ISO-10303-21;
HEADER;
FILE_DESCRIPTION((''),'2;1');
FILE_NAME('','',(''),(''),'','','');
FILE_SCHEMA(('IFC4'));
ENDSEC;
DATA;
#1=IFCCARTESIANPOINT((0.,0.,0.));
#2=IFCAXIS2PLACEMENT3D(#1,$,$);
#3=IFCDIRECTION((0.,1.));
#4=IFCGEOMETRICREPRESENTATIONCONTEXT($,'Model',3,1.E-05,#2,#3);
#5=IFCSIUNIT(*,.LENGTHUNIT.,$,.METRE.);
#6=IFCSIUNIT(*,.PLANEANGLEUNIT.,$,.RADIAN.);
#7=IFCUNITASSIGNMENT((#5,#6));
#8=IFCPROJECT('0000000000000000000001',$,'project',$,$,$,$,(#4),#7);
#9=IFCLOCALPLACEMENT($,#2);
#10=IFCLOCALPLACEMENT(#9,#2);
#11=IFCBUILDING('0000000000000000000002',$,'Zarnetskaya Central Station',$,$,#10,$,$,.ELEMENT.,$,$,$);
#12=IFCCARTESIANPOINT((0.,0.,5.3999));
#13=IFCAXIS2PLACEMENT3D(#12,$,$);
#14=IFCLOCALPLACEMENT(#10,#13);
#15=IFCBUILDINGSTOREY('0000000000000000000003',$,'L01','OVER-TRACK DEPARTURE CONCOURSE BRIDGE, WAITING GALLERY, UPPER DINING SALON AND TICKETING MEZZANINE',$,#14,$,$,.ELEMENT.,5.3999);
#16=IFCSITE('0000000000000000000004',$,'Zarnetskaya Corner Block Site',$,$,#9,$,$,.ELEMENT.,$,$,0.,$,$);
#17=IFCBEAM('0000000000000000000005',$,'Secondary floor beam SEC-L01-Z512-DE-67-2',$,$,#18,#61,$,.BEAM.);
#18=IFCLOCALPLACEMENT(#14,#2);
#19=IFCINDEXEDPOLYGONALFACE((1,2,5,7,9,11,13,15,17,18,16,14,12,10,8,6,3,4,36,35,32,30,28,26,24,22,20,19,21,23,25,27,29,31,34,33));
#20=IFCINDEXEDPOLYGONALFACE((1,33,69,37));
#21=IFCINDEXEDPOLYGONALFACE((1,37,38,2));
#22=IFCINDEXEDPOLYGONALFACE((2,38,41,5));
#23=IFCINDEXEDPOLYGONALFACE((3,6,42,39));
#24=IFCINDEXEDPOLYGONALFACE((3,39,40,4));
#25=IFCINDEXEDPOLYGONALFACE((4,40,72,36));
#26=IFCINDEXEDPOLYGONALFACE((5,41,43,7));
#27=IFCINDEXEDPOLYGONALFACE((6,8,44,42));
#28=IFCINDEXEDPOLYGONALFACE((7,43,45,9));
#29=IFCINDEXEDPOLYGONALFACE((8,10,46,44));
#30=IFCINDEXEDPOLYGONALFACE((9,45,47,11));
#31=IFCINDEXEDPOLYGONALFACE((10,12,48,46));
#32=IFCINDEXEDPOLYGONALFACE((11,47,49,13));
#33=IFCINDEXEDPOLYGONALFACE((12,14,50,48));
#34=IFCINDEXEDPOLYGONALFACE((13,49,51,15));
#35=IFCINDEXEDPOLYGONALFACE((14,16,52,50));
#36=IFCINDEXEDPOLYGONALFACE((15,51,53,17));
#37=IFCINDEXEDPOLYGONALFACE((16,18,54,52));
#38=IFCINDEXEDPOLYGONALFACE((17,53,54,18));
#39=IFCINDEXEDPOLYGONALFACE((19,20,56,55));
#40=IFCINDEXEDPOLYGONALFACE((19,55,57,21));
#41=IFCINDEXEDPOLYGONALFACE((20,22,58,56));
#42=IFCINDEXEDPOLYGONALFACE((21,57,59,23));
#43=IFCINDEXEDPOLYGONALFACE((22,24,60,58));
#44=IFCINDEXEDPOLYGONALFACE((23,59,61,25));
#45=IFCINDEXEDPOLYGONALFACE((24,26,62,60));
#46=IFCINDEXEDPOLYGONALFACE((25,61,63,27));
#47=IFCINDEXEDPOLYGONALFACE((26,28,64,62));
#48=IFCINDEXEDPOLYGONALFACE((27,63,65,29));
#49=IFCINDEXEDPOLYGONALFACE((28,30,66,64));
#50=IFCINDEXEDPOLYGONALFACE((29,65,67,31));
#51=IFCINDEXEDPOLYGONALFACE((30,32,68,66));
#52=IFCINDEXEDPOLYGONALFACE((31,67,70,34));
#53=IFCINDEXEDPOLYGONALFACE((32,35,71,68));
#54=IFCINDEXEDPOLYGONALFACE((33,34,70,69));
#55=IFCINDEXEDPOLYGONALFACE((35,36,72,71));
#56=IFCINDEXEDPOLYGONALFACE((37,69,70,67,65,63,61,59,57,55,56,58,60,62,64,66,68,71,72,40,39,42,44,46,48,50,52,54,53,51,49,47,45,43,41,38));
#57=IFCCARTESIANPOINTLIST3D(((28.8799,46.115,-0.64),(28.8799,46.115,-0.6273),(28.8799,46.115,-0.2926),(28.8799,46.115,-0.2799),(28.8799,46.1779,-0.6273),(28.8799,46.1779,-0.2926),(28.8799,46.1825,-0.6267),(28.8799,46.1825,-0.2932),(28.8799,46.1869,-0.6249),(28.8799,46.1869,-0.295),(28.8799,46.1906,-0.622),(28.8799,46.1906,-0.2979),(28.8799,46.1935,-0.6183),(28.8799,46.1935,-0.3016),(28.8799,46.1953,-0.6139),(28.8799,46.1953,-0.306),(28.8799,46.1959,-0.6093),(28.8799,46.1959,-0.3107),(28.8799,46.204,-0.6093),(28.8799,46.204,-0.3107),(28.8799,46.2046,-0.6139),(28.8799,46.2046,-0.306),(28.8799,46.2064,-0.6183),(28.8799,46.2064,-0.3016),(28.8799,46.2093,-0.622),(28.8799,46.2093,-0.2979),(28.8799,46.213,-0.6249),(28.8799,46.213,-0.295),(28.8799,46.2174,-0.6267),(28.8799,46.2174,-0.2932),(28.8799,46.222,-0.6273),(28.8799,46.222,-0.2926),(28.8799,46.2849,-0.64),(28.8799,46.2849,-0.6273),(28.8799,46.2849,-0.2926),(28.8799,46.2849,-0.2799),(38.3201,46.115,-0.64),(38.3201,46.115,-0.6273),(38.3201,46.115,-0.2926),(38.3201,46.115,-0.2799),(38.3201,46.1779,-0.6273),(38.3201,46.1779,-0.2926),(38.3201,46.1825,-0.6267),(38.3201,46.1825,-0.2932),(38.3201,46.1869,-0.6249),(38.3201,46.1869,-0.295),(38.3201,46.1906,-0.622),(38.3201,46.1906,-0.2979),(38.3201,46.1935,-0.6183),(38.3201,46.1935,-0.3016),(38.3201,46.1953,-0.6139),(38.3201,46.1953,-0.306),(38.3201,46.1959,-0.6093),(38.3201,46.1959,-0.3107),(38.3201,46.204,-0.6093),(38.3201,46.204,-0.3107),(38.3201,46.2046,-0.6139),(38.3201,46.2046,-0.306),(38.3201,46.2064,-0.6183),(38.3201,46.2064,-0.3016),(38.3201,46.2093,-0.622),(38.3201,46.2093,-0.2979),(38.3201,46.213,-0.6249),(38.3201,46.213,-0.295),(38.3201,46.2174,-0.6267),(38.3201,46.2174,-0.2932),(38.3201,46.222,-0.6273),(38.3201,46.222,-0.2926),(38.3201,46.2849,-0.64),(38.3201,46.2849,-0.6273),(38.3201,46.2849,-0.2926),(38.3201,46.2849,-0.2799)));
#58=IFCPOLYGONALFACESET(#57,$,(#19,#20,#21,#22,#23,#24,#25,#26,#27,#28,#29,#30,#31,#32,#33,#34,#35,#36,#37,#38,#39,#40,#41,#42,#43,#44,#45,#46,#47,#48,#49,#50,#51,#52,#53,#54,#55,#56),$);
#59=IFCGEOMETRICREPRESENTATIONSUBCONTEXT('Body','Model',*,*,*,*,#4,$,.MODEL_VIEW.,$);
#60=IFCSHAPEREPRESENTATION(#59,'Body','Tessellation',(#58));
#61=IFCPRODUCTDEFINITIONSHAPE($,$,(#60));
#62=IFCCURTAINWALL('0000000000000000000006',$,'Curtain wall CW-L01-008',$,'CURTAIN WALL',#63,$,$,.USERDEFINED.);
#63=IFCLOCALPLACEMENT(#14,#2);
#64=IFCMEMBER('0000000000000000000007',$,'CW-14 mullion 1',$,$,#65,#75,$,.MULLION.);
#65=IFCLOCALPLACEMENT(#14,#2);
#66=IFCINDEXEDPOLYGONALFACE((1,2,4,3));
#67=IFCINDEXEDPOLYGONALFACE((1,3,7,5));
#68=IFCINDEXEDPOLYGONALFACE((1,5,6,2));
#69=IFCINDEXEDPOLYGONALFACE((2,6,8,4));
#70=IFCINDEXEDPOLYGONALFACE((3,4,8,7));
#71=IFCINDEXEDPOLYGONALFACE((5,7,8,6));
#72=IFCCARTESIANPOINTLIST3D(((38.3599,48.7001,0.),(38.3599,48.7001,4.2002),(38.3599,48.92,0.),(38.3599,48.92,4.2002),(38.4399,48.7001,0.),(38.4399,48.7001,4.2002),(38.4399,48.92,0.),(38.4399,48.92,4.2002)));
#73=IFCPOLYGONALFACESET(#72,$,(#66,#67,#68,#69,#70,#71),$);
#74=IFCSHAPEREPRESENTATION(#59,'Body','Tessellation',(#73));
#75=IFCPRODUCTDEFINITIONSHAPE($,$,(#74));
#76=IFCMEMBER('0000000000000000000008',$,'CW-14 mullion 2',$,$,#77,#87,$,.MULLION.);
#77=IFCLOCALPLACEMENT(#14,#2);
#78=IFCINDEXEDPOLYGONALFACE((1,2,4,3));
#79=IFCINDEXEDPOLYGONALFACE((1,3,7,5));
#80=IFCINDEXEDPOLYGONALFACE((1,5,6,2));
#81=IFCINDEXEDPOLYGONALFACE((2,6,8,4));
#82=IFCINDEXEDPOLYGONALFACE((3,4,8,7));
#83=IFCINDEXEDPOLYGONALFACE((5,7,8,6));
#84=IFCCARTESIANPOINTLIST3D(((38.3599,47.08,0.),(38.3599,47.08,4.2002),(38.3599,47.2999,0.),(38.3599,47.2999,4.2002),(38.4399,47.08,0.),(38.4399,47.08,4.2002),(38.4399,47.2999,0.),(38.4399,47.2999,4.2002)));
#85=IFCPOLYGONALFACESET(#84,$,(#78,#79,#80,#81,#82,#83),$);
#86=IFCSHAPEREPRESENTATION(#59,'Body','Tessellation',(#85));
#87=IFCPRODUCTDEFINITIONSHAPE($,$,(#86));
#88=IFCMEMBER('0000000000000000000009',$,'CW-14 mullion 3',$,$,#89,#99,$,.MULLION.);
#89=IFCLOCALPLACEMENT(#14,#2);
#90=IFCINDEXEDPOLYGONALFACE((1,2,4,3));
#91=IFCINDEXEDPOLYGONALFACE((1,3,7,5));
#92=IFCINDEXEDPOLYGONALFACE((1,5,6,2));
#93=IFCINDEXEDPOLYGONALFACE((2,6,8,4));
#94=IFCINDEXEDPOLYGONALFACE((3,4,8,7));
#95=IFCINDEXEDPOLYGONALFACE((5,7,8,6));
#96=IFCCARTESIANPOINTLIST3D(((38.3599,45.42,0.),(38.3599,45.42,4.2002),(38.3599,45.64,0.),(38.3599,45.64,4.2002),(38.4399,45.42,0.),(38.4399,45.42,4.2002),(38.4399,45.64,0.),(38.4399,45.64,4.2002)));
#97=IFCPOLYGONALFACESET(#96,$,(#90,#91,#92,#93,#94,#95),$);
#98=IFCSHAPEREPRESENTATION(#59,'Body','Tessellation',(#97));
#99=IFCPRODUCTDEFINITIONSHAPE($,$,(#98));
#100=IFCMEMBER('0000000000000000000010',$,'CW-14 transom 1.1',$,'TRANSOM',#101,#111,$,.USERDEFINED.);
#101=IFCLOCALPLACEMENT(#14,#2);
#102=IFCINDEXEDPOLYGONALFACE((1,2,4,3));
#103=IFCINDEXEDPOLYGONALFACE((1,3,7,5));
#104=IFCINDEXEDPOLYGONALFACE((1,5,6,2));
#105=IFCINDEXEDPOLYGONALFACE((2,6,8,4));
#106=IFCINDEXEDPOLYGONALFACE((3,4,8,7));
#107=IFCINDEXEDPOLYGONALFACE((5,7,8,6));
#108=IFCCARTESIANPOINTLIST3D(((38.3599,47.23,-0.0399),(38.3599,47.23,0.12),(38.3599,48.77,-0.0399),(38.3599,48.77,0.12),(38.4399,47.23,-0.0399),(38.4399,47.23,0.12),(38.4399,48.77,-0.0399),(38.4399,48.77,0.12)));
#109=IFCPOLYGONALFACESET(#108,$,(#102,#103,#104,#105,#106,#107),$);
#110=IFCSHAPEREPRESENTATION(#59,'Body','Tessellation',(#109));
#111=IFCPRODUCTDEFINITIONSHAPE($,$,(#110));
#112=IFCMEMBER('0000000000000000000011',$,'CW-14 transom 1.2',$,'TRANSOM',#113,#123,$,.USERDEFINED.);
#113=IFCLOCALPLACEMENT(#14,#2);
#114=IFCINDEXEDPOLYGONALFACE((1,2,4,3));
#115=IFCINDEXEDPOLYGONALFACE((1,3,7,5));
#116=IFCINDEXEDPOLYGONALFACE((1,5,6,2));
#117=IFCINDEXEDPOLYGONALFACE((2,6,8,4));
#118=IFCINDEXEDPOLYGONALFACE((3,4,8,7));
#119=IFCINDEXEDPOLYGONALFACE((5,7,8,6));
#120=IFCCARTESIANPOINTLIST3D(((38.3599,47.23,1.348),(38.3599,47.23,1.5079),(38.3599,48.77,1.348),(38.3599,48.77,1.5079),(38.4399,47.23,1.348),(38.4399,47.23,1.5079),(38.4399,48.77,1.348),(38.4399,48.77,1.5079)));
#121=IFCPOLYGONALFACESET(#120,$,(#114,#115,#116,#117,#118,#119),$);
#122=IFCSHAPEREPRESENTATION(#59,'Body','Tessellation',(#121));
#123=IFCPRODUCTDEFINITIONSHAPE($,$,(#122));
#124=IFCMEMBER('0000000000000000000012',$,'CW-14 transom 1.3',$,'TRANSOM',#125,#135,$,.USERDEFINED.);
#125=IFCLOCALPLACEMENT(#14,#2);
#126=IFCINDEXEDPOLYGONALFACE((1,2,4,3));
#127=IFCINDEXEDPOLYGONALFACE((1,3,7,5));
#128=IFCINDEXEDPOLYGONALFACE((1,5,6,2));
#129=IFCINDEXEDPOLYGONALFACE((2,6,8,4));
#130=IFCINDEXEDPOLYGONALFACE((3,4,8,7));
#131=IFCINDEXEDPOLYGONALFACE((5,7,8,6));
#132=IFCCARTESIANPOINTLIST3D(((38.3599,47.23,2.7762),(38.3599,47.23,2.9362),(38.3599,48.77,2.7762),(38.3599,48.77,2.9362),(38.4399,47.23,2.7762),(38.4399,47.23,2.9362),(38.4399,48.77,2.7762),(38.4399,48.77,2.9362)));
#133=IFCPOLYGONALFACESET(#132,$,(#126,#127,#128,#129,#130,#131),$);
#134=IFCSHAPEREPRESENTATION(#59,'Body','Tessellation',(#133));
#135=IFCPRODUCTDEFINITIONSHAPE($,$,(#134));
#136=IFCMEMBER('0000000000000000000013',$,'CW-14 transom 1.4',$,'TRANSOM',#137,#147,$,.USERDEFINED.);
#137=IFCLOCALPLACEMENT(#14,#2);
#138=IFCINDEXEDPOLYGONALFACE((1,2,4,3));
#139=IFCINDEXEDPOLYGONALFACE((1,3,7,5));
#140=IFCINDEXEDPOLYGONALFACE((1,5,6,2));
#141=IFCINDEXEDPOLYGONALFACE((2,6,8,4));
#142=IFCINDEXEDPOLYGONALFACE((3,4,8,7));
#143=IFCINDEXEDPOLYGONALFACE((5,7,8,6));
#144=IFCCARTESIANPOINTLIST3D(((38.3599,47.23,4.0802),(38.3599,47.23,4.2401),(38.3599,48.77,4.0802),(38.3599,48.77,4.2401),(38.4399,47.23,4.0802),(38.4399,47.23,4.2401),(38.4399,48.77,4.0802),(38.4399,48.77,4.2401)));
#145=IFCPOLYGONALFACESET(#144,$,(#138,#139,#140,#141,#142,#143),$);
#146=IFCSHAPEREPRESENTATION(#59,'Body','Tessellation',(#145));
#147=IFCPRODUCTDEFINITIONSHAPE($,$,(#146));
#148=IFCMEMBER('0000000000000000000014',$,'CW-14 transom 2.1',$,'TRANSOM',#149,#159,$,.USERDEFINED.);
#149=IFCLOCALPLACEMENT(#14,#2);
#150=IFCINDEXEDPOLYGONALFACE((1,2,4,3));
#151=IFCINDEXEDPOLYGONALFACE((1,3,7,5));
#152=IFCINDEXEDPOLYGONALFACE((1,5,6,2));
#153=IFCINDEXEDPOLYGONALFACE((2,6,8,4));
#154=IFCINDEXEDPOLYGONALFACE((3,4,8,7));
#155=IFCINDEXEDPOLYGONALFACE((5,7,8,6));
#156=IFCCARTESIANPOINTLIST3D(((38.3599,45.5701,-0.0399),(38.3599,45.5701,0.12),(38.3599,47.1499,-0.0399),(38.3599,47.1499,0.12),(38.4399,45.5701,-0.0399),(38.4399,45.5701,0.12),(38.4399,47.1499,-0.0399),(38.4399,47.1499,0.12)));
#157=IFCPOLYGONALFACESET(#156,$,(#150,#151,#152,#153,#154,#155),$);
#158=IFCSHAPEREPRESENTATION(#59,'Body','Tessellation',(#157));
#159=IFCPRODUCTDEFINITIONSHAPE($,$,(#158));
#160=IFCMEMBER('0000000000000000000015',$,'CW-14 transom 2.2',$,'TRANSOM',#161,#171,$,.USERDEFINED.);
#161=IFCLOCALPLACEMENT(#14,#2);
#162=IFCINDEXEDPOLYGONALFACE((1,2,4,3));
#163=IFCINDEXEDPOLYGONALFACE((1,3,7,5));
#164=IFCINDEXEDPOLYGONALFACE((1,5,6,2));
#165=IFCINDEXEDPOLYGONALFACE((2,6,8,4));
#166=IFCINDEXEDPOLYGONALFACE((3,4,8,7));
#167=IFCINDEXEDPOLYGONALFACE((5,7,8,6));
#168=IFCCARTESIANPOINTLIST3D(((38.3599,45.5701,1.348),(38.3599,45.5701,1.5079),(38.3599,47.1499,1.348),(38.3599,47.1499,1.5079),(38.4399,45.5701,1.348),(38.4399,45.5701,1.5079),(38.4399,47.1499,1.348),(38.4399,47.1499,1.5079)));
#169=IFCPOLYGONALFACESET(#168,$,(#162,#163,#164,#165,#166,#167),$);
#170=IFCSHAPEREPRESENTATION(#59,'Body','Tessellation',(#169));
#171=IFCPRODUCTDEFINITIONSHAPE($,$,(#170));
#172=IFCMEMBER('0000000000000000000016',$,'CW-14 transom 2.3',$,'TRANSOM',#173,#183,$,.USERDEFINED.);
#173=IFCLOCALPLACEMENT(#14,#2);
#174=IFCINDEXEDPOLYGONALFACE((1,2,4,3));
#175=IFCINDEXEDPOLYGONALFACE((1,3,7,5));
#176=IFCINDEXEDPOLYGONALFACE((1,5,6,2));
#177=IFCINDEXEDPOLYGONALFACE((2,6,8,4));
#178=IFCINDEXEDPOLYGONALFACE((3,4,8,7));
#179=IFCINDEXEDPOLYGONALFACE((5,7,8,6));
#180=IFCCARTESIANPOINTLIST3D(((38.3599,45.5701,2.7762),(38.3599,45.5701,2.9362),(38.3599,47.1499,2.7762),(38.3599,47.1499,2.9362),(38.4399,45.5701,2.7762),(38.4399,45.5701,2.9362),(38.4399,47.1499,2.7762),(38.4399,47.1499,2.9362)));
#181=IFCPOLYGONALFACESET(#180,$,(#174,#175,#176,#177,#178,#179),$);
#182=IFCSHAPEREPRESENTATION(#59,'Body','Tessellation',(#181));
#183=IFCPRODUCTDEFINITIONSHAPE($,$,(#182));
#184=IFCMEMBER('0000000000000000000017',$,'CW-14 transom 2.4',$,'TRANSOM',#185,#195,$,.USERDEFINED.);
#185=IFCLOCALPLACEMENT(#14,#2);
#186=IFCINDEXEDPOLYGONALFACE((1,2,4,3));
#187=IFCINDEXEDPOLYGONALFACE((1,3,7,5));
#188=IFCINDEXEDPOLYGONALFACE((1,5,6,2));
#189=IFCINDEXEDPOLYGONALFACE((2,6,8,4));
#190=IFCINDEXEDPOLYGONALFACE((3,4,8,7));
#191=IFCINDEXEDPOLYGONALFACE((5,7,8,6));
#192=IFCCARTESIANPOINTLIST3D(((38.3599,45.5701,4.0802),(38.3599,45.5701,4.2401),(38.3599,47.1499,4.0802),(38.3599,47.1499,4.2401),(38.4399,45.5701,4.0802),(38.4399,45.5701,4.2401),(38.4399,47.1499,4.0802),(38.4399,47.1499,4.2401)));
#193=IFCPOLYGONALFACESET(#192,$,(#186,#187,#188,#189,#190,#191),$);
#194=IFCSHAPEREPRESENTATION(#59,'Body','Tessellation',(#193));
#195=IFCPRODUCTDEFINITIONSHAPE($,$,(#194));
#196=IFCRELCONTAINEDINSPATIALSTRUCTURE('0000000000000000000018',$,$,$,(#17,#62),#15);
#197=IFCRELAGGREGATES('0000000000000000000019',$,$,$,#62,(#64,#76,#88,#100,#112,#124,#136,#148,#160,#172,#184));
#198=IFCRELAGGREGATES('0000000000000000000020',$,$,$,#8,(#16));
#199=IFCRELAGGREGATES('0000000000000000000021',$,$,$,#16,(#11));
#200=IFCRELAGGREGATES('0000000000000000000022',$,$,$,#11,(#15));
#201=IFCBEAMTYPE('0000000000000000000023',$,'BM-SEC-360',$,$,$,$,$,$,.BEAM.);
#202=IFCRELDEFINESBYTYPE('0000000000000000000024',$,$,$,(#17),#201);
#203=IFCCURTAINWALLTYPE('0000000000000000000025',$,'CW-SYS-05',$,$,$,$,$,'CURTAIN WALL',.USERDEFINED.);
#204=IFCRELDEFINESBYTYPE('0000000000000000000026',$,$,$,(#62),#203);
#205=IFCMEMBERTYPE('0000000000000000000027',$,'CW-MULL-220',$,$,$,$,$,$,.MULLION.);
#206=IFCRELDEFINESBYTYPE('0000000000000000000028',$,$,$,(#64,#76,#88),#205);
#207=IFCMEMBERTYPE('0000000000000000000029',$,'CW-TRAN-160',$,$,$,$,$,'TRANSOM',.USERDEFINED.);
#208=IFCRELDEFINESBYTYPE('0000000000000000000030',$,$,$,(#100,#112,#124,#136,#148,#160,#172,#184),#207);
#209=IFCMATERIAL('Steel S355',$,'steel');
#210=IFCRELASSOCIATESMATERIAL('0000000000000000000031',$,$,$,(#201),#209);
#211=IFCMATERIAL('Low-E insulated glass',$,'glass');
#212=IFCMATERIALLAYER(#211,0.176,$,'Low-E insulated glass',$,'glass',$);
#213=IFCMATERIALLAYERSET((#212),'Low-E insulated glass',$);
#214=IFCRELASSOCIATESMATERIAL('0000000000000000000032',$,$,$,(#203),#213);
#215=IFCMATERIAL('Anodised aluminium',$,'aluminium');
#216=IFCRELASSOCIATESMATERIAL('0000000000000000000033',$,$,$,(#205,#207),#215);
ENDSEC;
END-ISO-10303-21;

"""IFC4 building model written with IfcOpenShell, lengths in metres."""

from ifc_helpers import new_model, si_unit, direction, frame, origin, origin_2d, place, context, subcontext, project, spatial, rectangle, i_section, extrude, material, layer, layer_set, material_profile, profile_set, type_object, element, aggregate, save


model = new_model("IFC4")

# Units and contexts
model_context = context("Model", 3, precision=1e-05, world=origin(), true_north=direction((0.0, 1.0)))
body_context = subcontext(model_context, "Body", "Model", "MODEL_VIEW")
ifc_project = project(units=[si_unit("LENGTHUNIT", "METRE"), si_unit("PLANEANGLEUNIT", "RADIAN")], contexts=[model_context])

# Site, building, storey
site_placement = place(None, origin())
site = spatial("IfcSite", under=ifc_project, at=site_placement, Name="Zarnetskaya Corner Block Site", CompositionType="ELEMENT", RefElevation=0.0)
building_placement = place(site_placement, origin())
building = spatial("IfcBuilding", under=site, at=building_placement, Name="Zarnetskaya Central Station", CompositionType="ELEMENT")
storey_placement = place(building_placement, frame((0.0, 0.0, 5.3999)))
storey = spatial("IfcBuildingStorey", under=building, at=storey_placement, Name="L01", Description="OVER-TRACK DEPARTURE CONCOURSE BRIDGE, WAITING GALLERY, UPPER DINING SALON AND TICKETING MEZZANINE", CompositionType="ELEMENT", Elevation=5.3999)

# Beam
ifc_material_1 = material(Name="Steel S355", Category="steel")
ifc_material_profile_1 = material_profile(ifc_material_1, i_section(OverallWidth=0.1699, OverallDepth=0.3601, WebThickness=0.0081, FlangeThickness=0.0127, FilletRadius=0.0181, at=origin_2d()), Name="IPE 360")
ifc_profile_set_1 = profile_set([ifc_material_profile_1], Name="Steel S355")
beam_type = type_object("IfcBeamType", Name="BM-SEC-360", PredefinedType="BEAM", material=ifc_profile_set_1)
beam_placement = place(storey_placement, frame((28.8799, 46.2, -0.46), z_axis=(1.0, 0.0, 0.0), x_axis=(0.0, 1.0, 0.0)))
element("IfcBeam", 1, at=beam_placement, inside=storey, type_object=beam_type, Name="Secondary floor beam SEC-L01-Z512-DE-67-2", PredefinedType="BEAM", context=body_context, shape_type="SweptSolid", body=[
    extrude(i_section(OverallWidth=0.1699, OverallDepth=0.3601, WebThickness=0.0081, FlangeThickness=0.0127, FilletRadius=0.0181, at=origin_2d()), origin(), (0.0, 0.0, 1.0), 9.4402),
])

# Curtain wall, members
ifc_material_2 = material(Name="Low-E insulated glass", Category="glass")
ifc_layer_1 = layer(ifc_material_2, 0.176, Name="Low-E insulated glass", Category="glass")
ifc_layer_set_1 = layer_set([ifc_layer_1], Name="Low-E insulated glass")
curtain_wall_type = type_object("IfcCurtainWallType", Name="CW-SYS-05", ElementType="CURTAIN WALL", PredefinedType="USERDEFINED", material=ifc_layer_set_1)
curtain_wall_placement = place(storey_placement, origin())
curtain_wall = element("IfcCurtainWall", 2, at=curtain_wall_placement, inside=storey, type_object=curtain_wall_type, Name="Curtain wall CW-L01-008", ObjectType="CURTAIN WALL", PredefinedType="USERDEFINED")
ifc_material_3 = material(Name="Anodised aluminium", Category="aluminium")
ifc_material_profile_2 = material_profile(ifc_material_3, rectangle(XDim=0.0801, YDim=0.22, at=origin_2d()), Name="ALU MULL 80x220")
ifc_profile_set_2 = profile_set([ifc_material_profile_2], Name="Anodised aluminium")
member_type_1 = type_object("IfcMemberType", Name="CW-MULL-220", PredefinedType="MULLION", material=ifc_profile_set_2)
member_1_placement = place(storey_placement, frame((38.3999, 48.8101, 0.0), z_axis=(0.0, 0.0, 1.0), x_axis=(1.0, 0.0, 0.0)))
member_1 = element("IfcMember", 3, at=member_1_placement, type_object=member_type_1, Name="CW-14 mullion 1", PredefinedType="MULLION", context=body_context, shape_type="SweptSolid", body=[
    extrude(rectangle(XDim=0.0801, YDim=0.22, at=origin_2d()), origin(), (0.0, 0.0, 1.0), 4.2002),
])
member_2_placement = place(storey_placement, frame((38.3999, 47.1899, 0.0), z_axis=(0.0, 0.0, 1.0), x_axis=(1.0, 0.0, 0.0)))
member_2 = element("IfcMember", 4, at=member_2_placement, type_object=member_type_1, Name="CW-14 mullion 2", PredefinedType="MULLION", context=body_context, shape_type="SweptSolid", body=[
    extrude(rectangle(XDim=0.0801, YDim=0.22, at=origin_2d()), origin(), (0.0, 0.0, 1.0), 4.2002),
])
member_3_placement = place(storey_placement, frame((38.3999, 45.53, 0.0), z_axis=(0.0, 0.0, 1.0), x_axis=(1.0, 0.0, 0.0)))
member_3 = element("IfcMember", 5, at=member_3_placement, type_object=member_type_1, Name="CW-14 mullion 3", PredefinedType="MULLION", context=body_context, shape_type="SweptSolid", body=[
    extrude(rectangle(XDim=0.0801, YDim=0.22, at=origin_2d()), origin(), (0.0, 0.0, 1.0), 4.2002),
])
ifc_material_profile_3 = material_profile(ifc_material_3, rectangle(XDim=0.0801, YDim=0.1599, at=origin_2d()), Name="ALU TRAN 80x160")
ifc_profile_set_3 = profile_set([ifc_material_profile_3], Name="Anodised aluminium")
member_type_2 = type_object("IfcMemberType", Name="CW-TRAN-160", ElementType="TRANSOM", PredefinedType="USERDEFINED", material=ifc_profile_set_3)
member_4_placement = place(storey_placement, frame((38.3999, 48.77, 0.04), z_axis=(0.0, -1.0, 0.0), x_axis=(1.0, 0.0, 0.0)))
member_4 = element("IfcMember", 6, at=member_4_placement, type_object=member_type_2, Name="CW-14 transom 1.1", ObjectType="TRANSOM", PredefinedType="USERDEFINED", context=body_context, shape_type="SweptSolid", body=[
    extrude(rectangle(XDim=0.0801, YDim=0.1599, at=origin_2d()), origin(), (0.0, 0.0, 1.0), 1.54),
])
member_5_placement = place(storey_placement, frame((38.3999, 48.77, 1.428), z_axis=(0.0, -1.0, 0.0), x_axis=(1.0, 0.0, 0.0)))
member_5 = element("IfcMember", 7, at=member_5_placement, type_object=member_type_2, Name="CW-14 transom 1.2", ObjectType="TRANSOM", PredefinedType="USERDEFINED", context=body_context, shape_type="SweptSolid", body=[
    extrude(rectangle(XDim=0.0801, YDim=0.1599, at=origin_2d()), origin(), (0.0, 0.0, 1.0), 1.54),
])
member_6_placement = place(storey_placement, frame((38.3999, 48.77, 2.8562), z_axis=(0.0, -1.0, 0.0), x_axis=(1.0, 0.0, 0.0)))
member_6 = element("IfcMember", 8, at=member_6_placement, type_object=member_type_2, Name="CW-14 transom 1.3", ObjectType="TRANSOM", PredefinedType="USERDEFINED", context=body_context, shape_type="SweptSolid", body=[
    extrude(rectangle(XDim=0.0801, YDim=0.1599, at=origin_2d()), origin(), (0.0, 0.0, 1.0), 1.54),
])
member_7_placement = place(storey_placement, frame((38.3999, 48.77, 4.1602), z_axis=(0.0, -1.0, 0.0), x_axis=(1.0, 0.0, 0.0)))
member_7 = element("IfcMember", 9, at=member_7_placement, type_object=member_type_2, Name="CW-14 transom 1.4", ObjectType="TRANSOM", PredefinedType="USERDEFINED", context=body_context, shape_type="SweptSolid", body=[
    extrude(rectangle(XDim=0.0801, YDim=0.1599, at=origin_2d()), origin(), (0.0, 0.0, 1.0), 1.54),
])
member_8_placement = place(storey_placement, frame((38.3999, 47.1499, 0.04), z_axis=(0.0, -1.0, 0.0), x_axis=(1.0, 0.0, 0.0)))
member_8 = element("IfcMember", 10, at=member_8_placement, type_object=member_type_2, Name="CW-14 transom 2.1", ObjectType="TRANSOM", PredefinedType="USERDEFINED", context=body_context, shape_type="SweptSolid", body=[
    extrude(rectangle(XDim=0.0801, YDim=0.1599, at=origin_2d()), origin(), (0.0, 0.0, 1.0), 1.5798),
])
member_9_placement = place(storey_placement, frame((38.3999, 47.1499, 1.428), z_axis=(0.0, -1.0, 0.0), x_axis=(1.0, 0.0, 0.0)))
member_9 = element("IfcMember", 11, at=member_9_placement, type_object=member_type_2, Name="CW-14 transom 2.2", ObjectType="TRANSOM", PredefinedType="USERDEFINED", context=body_context, shape_type="SweptSolid", body=[
    extrude(rectangle(XDim=0.0801, YDim=0.1599, at=origin_2d()), origin(), (0.0, 0.0, 1.0), 1.5798),
])
member_10_placement = place(storey_placement, frame((38.3999, 47.1499, 2.8562), z_axis=(0.0, -1.0, 0.0), x_axis=(1.0, 0.0, 0.0)))
member_10 = element("IfcMember", 12, at=member_10_placement, type_object=member_type_2, Name="CW-14 transom 2.3", ObjectType="TRANSOM", PredefinedType="USERDEFINED", context=body_context, shape_type="SweptSolid", body=[
    extrude(rectangle(XDim=0.0801, YDim=0.1599, at=origin_2d()), origin(), (0.0, 0.0, 1.0), 1.5798),
])
member_11_placement = place(storey_placement, frame((38.3999, 47.1499, 4.1602), z_axis=(0.0, -1.0, 0.0), x_axis=(1.0, 0.0, 0.0)))
member_11 = element("IfcMember", 13, at=member_11_placement, type_object=member_type_2, Name="CW-14 transom 2.4", ObjectType="TRANSOM", PredefinedType="USERDEFINED", context=body_context, shape_type="SweptSolid", body=[
    extrude(rectangle(XDim=0.0801, YDim=0.1599, at=origin_2d()), origin(), (0.0, 0.0, 1.0), 1.5798),
])
aggregate(curtain_wall, [member_1, member_2, member_3, member_4, member_5, member_6, member_7, member_8, member_9, member_10, member_11])

save(model, "model.ifc")
